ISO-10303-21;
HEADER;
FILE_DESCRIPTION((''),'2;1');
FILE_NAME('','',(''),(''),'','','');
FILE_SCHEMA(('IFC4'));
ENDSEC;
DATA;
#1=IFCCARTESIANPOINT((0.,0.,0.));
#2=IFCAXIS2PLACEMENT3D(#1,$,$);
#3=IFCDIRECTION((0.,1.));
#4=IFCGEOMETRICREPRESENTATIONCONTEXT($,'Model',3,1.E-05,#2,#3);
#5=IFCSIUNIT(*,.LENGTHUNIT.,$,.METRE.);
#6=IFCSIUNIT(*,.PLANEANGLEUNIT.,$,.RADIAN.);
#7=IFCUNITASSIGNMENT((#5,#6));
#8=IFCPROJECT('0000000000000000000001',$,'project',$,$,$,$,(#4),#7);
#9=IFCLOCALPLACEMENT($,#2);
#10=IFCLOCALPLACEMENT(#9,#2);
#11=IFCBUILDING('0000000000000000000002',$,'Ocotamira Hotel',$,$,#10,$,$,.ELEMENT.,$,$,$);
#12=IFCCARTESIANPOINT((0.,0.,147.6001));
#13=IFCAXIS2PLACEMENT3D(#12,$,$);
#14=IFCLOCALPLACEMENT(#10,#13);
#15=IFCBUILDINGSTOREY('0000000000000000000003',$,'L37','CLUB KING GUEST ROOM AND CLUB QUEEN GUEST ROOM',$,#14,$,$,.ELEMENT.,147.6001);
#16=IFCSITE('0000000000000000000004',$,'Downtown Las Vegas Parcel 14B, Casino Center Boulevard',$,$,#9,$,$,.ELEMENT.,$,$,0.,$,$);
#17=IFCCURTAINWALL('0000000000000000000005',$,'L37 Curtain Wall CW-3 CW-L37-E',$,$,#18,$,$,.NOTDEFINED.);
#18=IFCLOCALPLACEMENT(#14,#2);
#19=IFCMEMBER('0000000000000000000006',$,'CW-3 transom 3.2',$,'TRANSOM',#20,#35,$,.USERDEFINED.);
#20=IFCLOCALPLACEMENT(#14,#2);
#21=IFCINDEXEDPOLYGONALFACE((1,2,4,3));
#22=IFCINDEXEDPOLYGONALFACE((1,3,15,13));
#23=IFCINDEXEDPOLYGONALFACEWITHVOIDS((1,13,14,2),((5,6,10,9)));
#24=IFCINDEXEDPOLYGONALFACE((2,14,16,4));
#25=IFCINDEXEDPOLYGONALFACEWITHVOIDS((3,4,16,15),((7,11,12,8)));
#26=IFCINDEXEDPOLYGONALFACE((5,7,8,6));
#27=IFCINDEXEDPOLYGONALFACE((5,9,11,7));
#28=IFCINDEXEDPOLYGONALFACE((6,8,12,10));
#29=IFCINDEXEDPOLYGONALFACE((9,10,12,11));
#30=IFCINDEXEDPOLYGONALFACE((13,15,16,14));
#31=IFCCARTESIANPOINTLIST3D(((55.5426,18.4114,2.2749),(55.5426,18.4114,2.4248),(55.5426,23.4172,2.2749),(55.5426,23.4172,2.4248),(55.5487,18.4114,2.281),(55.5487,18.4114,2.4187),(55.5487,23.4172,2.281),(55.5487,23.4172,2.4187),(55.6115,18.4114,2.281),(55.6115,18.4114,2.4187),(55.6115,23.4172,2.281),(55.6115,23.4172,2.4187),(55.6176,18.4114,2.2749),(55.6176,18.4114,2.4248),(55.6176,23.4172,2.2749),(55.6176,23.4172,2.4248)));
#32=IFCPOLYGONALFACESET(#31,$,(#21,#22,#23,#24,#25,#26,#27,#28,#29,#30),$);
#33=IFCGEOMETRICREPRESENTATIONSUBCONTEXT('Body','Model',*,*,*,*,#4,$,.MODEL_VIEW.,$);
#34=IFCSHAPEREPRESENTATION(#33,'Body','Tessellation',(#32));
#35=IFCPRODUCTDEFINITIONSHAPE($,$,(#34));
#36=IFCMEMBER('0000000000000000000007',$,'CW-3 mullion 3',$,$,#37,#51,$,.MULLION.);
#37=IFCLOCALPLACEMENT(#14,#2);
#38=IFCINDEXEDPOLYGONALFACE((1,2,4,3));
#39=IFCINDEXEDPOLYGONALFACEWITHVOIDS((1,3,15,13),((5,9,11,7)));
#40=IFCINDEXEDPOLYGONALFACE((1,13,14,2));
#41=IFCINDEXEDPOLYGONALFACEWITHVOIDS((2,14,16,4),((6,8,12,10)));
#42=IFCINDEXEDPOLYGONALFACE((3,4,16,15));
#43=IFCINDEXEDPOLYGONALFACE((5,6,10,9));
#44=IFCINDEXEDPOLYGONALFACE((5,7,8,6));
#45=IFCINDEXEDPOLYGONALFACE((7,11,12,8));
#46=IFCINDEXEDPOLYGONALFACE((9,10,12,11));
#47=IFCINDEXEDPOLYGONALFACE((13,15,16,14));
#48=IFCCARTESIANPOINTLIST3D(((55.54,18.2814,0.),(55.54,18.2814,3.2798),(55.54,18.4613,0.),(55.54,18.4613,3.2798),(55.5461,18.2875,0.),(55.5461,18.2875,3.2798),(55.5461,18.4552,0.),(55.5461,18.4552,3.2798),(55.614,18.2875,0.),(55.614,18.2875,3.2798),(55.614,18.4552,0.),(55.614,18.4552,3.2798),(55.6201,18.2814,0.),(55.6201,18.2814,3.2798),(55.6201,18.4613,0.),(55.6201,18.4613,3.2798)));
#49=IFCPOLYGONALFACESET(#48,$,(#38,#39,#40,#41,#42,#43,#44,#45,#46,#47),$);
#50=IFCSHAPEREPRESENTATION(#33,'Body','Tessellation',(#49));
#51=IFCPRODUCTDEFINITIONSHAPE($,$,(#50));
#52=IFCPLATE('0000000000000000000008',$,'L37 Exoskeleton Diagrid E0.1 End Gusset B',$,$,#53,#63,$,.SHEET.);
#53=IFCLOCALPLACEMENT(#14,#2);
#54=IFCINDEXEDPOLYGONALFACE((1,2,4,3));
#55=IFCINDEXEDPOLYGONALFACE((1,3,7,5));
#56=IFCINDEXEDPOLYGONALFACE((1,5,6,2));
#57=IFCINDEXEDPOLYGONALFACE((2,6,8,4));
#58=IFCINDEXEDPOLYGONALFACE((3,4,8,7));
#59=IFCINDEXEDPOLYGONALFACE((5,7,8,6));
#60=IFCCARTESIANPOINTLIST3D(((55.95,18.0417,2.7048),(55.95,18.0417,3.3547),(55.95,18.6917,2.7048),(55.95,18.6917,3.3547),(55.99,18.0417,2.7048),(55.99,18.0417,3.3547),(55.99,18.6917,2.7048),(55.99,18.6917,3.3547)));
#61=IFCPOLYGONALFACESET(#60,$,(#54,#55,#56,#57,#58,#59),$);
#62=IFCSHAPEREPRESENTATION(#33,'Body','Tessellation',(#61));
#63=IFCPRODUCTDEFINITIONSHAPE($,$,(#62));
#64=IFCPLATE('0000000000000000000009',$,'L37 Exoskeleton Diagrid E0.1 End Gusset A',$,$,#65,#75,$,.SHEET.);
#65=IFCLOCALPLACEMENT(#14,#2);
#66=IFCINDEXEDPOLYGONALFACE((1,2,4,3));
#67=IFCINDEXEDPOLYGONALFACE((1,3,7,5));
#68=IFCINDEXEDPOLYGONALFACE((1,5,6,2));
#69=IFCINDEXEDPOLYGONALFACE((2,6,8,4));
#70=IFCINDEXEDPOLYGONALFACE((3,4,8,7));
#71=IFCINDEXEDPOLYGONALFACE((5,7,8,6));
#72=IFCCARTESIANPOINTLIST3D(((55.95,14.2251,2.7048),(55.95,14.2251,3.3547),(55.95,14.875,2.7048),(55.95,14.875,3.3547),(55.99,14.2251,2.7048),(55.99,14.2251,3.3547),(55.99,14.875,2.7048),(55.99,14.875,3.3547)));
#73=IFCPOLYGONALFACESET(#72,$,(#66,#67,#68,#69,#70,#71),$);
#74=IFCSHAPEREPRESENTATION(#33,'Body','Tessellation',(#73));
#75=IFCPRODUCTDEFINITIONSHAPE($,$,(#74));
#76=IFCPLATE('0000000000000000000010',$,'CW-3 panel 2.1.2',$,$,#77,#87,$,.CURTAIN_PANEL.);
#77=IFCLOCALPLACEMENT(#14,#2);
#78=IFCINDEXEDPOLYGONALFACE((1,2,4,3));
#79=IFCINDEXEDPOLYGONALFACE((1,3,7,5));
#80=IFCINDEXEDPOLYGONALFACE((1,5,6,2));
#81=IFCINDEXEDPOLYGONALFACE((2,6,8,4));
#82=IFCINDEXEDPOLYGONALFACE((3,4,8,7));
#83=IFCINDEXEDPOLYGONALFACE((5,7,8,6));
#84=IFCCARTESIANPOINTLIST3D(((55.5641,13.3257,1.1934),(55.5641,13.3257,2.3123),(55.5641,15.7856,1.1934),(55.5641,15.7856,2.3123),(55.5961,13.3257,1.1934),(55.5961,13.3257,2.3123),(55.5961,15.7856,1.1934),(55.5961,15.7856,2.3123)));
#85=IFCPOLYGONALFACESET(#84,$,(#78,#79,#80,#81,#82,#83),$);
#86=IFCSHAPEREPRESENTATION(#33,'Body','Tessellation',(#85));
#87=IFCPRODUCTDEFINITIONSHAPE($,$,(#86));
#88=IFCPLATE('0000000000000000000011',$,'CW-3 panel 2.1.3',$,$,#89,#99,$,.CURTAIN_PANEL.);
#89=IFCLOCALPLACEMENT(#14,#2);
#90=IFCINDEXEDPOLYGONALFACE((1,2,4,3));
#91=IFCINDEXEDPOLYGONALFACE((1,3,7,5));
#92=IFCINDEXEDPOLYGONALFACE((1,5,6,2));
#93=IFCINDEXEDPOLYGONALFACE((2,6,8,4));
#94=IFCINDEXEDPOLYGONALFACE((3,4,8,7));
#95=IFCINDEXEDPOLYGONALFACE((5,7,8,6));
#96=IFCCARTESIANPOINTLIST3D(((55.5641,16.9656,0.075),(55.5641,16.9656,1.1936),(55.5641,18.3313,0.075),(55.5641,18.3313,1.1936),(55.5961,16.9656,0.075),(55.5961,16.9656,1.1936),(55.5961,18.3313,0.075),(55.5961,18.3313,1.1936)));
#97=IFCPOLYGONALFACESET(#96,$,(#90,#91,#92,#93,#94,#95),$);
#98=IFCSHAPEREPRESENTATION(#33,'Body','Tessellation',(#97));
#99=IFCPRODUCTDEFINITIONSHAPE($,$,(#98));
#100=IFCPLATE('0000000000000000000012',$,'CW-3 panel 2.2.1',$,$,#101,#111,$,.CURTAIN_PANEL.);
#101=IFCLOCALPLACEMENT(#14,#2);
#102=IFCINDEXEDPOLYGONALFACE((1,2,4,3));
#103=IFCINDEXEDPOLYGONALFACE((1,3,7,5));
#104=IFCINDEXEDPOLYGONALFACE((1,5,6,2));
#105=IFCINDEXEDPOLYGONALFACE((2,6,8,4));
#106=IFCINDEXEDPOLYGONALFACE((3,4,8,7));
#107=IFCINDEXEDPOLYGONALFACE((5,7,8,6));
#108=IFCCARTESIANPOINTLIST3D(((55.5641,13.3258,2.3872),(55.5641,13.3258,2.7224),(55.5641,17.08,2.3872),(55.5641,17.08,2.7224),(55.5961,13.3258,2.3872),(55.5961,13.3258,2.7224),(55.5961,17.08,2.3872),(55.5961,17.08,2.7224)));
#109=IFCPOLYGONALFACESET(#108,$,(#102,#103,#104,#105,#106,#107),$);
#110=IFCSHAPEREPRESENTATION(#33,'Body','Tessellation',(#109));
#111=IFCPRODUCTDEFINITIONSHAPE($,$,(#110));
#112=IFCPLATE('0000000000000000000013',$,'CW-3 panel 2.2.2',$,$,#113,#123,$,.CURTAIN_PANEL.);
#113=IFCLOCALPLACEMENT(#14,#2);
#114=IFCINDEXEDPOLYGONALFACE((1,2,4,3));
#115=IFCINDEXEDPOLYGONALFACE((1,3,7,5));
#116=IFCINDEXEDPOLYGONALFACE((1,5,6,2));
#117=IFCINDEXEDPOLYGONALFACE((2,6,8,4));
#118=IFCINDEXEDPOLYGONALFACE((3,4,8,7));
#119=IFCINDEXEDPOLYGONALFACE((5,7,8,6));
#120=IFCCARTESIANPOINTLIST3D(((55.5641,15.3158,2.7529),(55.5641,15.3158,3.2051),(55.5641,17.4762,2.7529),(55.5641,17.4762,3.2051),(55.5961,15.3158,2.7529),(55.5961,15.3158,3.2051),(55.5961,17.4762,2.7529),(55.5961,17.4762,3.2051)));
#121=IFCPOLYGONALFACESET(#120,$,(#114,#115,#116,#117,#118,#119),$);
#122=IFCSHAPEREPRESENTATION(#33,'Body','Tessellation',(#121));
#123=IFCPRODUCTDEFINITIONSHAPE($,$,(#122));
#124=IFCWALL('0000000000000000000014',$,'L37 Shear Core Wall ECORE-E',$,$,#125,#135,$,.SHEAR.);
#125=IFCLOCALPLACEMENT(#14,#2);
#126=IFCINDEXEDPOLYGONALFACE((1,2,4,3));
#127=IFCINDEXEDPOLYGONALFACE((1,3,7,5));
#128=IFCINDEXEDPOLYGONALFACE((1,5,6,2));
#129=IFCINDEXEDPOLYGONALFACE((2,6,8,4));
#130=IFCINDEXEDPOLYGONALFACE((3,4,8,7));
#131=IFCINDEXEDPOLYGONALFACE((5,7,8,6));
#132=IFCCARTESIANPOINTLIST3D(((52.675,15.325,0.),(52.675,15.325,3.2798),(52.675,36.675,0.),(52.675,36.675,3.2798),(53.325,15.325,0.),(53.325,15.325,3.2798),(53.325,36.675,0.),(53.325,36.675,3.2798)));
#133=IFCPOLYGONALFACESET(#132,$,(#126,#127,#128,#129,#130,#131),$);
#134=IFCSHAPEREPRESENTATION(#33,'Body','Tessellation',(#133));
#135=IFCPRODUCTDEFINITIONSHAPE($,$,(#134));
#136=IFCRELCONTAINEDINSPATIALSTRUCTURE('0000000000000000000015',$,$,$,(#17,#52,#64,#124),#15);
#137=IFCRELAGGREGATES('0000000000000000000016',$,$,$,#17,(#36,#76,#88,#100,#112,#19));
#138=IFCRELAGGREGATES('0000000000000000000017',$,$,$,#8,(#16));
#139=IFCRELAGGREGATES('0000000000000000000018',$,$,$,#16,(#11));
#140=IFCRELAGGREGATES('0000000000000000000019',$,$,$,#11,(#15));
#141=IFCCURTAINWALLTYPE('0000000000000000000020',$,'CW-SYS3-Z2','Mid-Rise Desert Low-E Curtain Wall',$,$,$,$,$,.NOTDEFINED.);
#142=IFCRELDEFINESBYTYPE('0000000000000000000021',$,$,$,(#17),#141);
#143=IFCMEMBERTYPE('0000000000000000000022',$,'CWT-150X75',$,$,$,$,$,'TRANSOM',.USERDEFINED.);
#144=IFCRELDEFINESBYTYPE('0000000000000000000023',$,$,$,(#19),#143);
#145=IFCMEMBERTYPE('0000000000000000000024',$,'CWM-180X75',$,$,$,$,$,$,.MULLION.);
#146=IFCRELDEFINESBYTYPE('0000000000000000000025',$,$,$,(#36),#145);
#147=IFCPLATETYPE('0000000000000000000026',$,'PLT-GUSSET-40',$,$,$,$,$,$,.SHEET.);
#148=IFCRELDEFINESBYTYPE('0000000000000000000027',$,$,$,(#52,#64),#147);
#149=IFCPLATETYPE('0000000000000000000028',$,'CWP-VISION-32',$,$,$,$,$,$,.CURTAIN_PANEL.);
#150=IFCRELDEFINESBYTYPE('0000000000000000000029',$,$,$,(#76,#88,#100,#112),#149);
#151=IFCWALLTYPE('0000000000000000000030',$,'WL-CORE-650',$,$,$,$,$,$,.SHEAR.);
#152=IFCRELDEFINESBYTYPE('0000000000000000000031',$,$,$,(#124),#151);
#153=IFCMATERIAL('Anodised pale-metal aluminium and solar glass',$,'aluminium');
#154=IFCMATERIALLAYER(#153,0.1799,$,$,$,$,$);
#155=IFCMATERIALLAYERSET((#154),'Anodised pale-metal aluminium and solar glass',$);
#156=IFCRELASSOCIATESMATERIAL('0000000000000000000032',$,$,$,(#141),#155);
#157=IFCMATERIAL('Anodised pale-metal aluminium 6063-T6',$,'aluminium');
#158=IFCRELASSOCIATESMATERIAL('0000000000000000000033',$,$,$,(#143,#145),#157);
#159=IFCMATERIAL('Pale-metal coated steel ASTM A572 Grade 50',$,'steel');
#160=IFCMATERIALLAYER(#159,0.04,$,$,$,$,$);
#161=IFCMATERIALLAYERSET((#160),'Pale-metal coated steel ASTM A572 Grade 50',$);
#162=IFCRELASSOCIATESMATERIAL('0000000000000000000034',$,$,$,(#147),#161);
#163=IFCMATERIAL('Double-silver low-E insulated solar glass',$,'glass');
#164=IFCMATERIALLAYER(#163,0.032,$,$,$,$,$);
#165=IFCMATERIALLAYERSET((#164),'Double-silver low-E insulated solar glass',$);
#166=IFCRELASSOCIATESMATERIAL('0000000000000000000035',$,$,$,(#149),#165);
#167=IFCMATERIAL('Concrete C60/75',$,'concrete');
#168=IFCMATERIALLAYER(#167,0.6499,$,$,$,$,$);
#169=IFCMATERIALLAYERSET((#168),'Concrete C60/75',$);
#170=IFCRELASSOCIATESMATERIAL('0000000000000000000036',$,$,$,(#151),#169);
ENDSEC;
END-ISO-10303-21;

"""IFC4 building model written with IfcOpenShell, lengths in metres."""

from ifc_helpers import new_model, si_unit, direction, frame, frame_2d, origin, origin_2d, place, context, subcontext, project, spatial, rectangle, hollow_rectangle, extrude, source, transform, mapped, material, layer, layer_set, material_profile, profile_set, type_object, element, aggregate, save


model = new_model("IFC4")

# Units and contexts
model_context = context("Model", 3, precision=1e-05, world=origin(), true_north=direction((0.0, 1.0)))
body_context = subcontext(model_context, "Body", "Model", "MODEL_VIEW")
ifc_project = project(units=[si_unit("LENGTHUNIT", "METRE"), si_unit("PLANEANGLEUNIT", "RADIAN")], contexts=[model_context])

# Site, building, storey
site_placement = place(None, origin())
site = spatial("IfcSite", under=ifc_project, at=site_placement, Name="Downtown Las Vegas Parcel 14B, Casino Center Boulevard", CompositionType="ELEMENT", RefElevation=0.0)
building_placement = place(site_placement, origin())
building = spatial("IfcBuilding", under=site, at=building_placement, Name="Ocotamira Hotel", CompositionType="ELEMENT")
storey_placement = place(building_placement, frame((0.0, 0.0, 147.6001)))
storey = spatial("IfcBuildingStorey", under=building, at=storey_placement, Name="L37", Description="CLUB KING GUEST ROOM AND CLUB QUEEN GUEST ROOM", CompositionType="ELEMENT", Elevation=147.6001)

# Curtain wall, members
ifc_material_1 = material(Name="Anodised pale-metal aluminium and solar glass", Category="aluminium")
ifc_layer_1 = layer(ifc_material_1, 0.1799)
ifc_layer_set_1 = layer_set([ifc_layer_1], Name="Anodised pale-metal aluminium and solar glass")
curtain_wall_type = type_object("IfcCurtainWallType", Name="CW-SYS3-Z2", Description="Mid-Rise Desert Low-E Curtain Wall", PredefinedType="NOTDEFINED", material=ifc_layer_set_1)
curtain_wall_placement = place(storey_placement, origin())
curtain_wall = element("IfcCurtainWall", 1, at=curtain_wall_placement, inside=storey, type_object=curtain_wall_type, Name="L37 Curtain Wall CW-3 CW-L37-E", PredefinedType="NOTDEFINED")
ifc_material_2 = material(Name="Anodised pale-metal aluminium 6063-T6", Category="aluminium")
ifc_material_profile_1 = material_profile(ifc_material_2, hollow_rectangle(XDim=0.075, YDim=0.1499, WallThickness=0.0061, at=origin_2d()), Name="HSS150X75X6")
ifc_profile_set_1 = profile_set([ifc_material_profile_1], Name="Anodised pale-metal aluminium 6063-T6")
member_type_1 = type_object("IfcMemberType", Name="CWT-150X75", ElementType="TRANSOM", PredefinedType="USERDEFINED", material=ifc_profile_set_1)
shared_shape_1 = source(origin(), body_context, "Body", "SweptSolid", [
    extrude(hollow_rectangle(XDim=0.075, YDim=0.1499, WallThickness=0.0061, at=origin_2d()), origin(), (0.0, 0.0, 1.0), 5.0059),
])
member_1_placement = place(storey_placement, frame((55.5801, 18.4114, 2.3499), z_axis=(0.0, 1.0, 0.0), x_axis=(-1.0, 0.0, 0.0)))
member_1 = element("IfcMember", 2, at=member_1_placement, type_object=member_type_1, Name="CW-3 transom 3.2", ObjectType="TRANSOM", PredefinedType="USERDEFINED", context=body_context, shape_type="MappedRepresentation", body=[
    mapped(shared_shape_1, transform((0.0, 0.0, 0.0), scale=1.0)),
])
ifc_material_profile_2 = material_profile(ifc_material_2, hollow_rectangle(XDim=0.0801, YDim=0.1799, WallThickness=0.0061, at=origin_2d()), Name="HSS180X80X6")
ifc_profile_set_2 = profile_set([ifc_material_profile_2], Name="Anodised pale-metal aluminium 6063-T6")
member_type_2 = type_object("IfcMemberType", Name="CWM-180X75", PredefinedType="MULLION", material=ifc_profile_set_2)
shared_shape_2 = source(origin(), body_context, "Body", "SweptSolid", [
    extrude(hollow_rectangle(XDim=0.0801, YDim=0.1799, WallThickness=0.0061, at=origin_2d()), origin(), (0.0, 0.0, 1.0), 3.2798),
])
member_2_placement = place(storey_placement, frame((55.5801, 18.3713, 0.0), z_axis=(0.0, 0.0, 1.0), x_axis=(-1.0, 0.0, 0.0)))
member_2 = element("IfcMember", 3, at=member_2_placement, type_object=member_type_2, Name="CW-3 mullion 3", PredefinedType="MULLION", context=body_context, shape_type="MappedRepresentation", body=[
    mapped(shared_shape_2, transform((0.0, 0.0, 0.0), scale=1.0)),
])

# Plates
ifc_material_3 = material(Name="Pale-metal coated steel ASTM A572 Grade 50", Category="steel")
ifc_layer_2 = layer(ifc_material_3, 0.04)
ifc_layer_set_2 = layer_set([ifc_layer_2], Name="Pale-metal coated steel ASTM A572 Grade 50")
plate_type_1 = type_object("IfcPlateType", Name="PLT-GUSSET-40", PredefinedType="SHEET", material=ifc_layer_set_2)
shared_shape_3 = source(origin(), body_context, "Body", "SweptSolid", [
    extrude(rectangle(XDim=0.04, YDim=0.6499, at=origin_2d()), origin(), (0.0, 0.0, 1.0), 0.6499),
])
for number, where, z_axis, x_axis, name in (
    (4, (55.97, 18.3667, 2.7048), (0.0, 0.0, 1.0), (1.0, 0.0, 0.0), "L37 Exoskeleton Diagrid E0.1 End Gusset B"),
    (5, (55.97, 14.55, 2.7048), (0.0, 0.0, 1.0), (1.0, 0.0, 0.0), "L37 Exoskeleton Diagrid E0.1 End Gusset A"),
):
    element("IfcPlate", number, at=place(storey_placement, frame(where, z_axis=z_axis, x_axis=x_axis)), inside=storey, type_object=plate_type_1, Name=name, PredefinedType="SHEET", context=body_context, shape_type="MappedRepresentation", body=[
        mapped(shared_shape_3, transform((0.0, 0.0, 0.0), scale=1.0)),
    ])

# Plates
ifc_material_4 = material(Name="Double-silver low-E insulated solar glass", Category="glass")
ifc_layer_3 = layer(ifc_material_4, 0.032)
ifc_layer_set_3 = layer_set([ifc_layer_3], Name="Double-silver low-E insulated solar glass")
plate_type_2 = type_object("IfcPlateType", Name="CWP-VISION-32", PredefinedType="CURTAIN_PANEL", material=ifc_layer_set_3)
shared_shape_4 = source(origin(), body_context, "Body", "SweptSolid", [
    extrude(rectangle(XDim=2.46, YDim=0.032, at=origin_2d()), origin(), (0.0, 0.0, 1.0), 1.1189),
])
plate_1_placement = place(storey_placement, frame((55.5801, 14.5557, 1.1934), z_axis=(0.0, 0.0, 1.0), x_axis=(0.0, 1.0, 0.0)))
plate_1 = element("IfcPlate", 6, at=plate_1_placement, type_object=plate_type_2, Name="CW-3 panel 2.1.2", PredefinedType="CURTAIN_PANEL", context=body_context, shape_type="MappedRepresentation", body=[
    mapped(shared_shape_4, transform((0.0, 0.0, 0.0), scale=1.0)),
])
shared_shape_5 = source(origin(), body_context, "Body", "SweptSolid", [
    extrude(rectangle(XDim=1.3657, YDim=0.032, at=origin_2d()), origin(), (0.0, 0.0, 1.0), 1.1187),
])
plate_2_placement = place(storey_placement, frame((55.5801, 17.6484, 0.075), z_axis=(0.0, 0.0, 1.0), x_axis=(0.0, 1.0, 0.0)))
plate_2 = element("IfcPlate", 7, at=plate_2_placement, type_object=plate_type_2, Name="CW-3 panel 2.1.3", PredefinedType="CURTAIN_PANEL", context=body_context, shape_type="MappedRepresentation", body=[
    mapped(shared_shape_5, transform((0.0, 0.0, 0.0), scale=1.0)),
])
shared_shape_6 = source(origin(), body_context, "Body", "SweptSolid", [
    extrude(rectangle(XDim=3.7542, YDim=0.032, at=origin_2d()), origin(), (0.0, 0.0, 1.0), 0.3352),
])
plate_3_placement = place(storey_placement, frame((55.5801, 15.2029, 2.3872), z_axis=(0.0, 0.0, 1.0), x_axis=(0.0, 1.0, 0.0)))
plate_3 = element("IfcPlate", 8, at=plate_3_placement, type_object=plate_type_2, Name="CW-3 panel 2.2.1", PredefinedType="CURTAIN_PANEL", context=body_context, shape_type="MappedRepresentation", body=[
    mapped(shared_shape_6, transform((0.0, 0.0, 0.0), scale=1.0)),
])
shared_shape_7 = source(origin(), body_context, "Body", "SweptSolid", [
    extrude(rectangle(XDim=2.1604, YDim=0.032, at=origin_2d()), origin(), (0.0, 0.0, 1.0), 0.4521),
])
plate_4_placement = place(storey_placement, frame((55.5801, 16.396, 2.7529), z_axis=(0.0, 0.0, 1.0), x_axis=(0.0, 1.0, 0.0)))
plate_4 = element("IfcPlate", 9, at=plate_4_placement, type_object=plate_type_2, Name="CW-3 panel 2.2.2", PredefinedType="CURTAIN_PANEL", context=body_context, shape_type="MappedRepresentation", body=[
    mapped(shared_shape_7, transform((0.0, 0.0, 0.0), scale=1.0)),
])
aggregate(curtain_wall, [member_2, plate_1, plate_2, plate_3, plate_4, member_1])

# Wall
ifc_material_5 = material(Name="Concrete C60/75", Category="concrete")
ifc_layer_4 = layer(ifc_material_5, 0.6499)
ifc_layer_set_4 = layer_set([ifc_layer_4], Name="Concrete C60/75")
wall_type_1 = type_object("IfcWallType", Name="WL-CORE-650", PredefinedType="SHEAR", material=ifc_layer_set_4)
wall_1_placement = place(storey_placement, frame((53.0, 15.325, 0.0), z_axis=(0.0, 0.0, 1.0), x_axis=(0.0, 1.0, 0.0)))
element("IfcWall", 10, at=wall_1_placement, inside=storey, type_object=wall_type_1, Name="L37 Shear Core Wall ECORE-E", PredefinedType="SHEAR", context=body_context, shape_type="SweptSolid", body=[
    extrude(rectangle(XDim=21.3501, YDim=0.6499, at=frame_2d((10.675, 0.0))), origin(), (0.0, 0.0, 1.0), 3.2798),
])

save(model, "model.ifc")
